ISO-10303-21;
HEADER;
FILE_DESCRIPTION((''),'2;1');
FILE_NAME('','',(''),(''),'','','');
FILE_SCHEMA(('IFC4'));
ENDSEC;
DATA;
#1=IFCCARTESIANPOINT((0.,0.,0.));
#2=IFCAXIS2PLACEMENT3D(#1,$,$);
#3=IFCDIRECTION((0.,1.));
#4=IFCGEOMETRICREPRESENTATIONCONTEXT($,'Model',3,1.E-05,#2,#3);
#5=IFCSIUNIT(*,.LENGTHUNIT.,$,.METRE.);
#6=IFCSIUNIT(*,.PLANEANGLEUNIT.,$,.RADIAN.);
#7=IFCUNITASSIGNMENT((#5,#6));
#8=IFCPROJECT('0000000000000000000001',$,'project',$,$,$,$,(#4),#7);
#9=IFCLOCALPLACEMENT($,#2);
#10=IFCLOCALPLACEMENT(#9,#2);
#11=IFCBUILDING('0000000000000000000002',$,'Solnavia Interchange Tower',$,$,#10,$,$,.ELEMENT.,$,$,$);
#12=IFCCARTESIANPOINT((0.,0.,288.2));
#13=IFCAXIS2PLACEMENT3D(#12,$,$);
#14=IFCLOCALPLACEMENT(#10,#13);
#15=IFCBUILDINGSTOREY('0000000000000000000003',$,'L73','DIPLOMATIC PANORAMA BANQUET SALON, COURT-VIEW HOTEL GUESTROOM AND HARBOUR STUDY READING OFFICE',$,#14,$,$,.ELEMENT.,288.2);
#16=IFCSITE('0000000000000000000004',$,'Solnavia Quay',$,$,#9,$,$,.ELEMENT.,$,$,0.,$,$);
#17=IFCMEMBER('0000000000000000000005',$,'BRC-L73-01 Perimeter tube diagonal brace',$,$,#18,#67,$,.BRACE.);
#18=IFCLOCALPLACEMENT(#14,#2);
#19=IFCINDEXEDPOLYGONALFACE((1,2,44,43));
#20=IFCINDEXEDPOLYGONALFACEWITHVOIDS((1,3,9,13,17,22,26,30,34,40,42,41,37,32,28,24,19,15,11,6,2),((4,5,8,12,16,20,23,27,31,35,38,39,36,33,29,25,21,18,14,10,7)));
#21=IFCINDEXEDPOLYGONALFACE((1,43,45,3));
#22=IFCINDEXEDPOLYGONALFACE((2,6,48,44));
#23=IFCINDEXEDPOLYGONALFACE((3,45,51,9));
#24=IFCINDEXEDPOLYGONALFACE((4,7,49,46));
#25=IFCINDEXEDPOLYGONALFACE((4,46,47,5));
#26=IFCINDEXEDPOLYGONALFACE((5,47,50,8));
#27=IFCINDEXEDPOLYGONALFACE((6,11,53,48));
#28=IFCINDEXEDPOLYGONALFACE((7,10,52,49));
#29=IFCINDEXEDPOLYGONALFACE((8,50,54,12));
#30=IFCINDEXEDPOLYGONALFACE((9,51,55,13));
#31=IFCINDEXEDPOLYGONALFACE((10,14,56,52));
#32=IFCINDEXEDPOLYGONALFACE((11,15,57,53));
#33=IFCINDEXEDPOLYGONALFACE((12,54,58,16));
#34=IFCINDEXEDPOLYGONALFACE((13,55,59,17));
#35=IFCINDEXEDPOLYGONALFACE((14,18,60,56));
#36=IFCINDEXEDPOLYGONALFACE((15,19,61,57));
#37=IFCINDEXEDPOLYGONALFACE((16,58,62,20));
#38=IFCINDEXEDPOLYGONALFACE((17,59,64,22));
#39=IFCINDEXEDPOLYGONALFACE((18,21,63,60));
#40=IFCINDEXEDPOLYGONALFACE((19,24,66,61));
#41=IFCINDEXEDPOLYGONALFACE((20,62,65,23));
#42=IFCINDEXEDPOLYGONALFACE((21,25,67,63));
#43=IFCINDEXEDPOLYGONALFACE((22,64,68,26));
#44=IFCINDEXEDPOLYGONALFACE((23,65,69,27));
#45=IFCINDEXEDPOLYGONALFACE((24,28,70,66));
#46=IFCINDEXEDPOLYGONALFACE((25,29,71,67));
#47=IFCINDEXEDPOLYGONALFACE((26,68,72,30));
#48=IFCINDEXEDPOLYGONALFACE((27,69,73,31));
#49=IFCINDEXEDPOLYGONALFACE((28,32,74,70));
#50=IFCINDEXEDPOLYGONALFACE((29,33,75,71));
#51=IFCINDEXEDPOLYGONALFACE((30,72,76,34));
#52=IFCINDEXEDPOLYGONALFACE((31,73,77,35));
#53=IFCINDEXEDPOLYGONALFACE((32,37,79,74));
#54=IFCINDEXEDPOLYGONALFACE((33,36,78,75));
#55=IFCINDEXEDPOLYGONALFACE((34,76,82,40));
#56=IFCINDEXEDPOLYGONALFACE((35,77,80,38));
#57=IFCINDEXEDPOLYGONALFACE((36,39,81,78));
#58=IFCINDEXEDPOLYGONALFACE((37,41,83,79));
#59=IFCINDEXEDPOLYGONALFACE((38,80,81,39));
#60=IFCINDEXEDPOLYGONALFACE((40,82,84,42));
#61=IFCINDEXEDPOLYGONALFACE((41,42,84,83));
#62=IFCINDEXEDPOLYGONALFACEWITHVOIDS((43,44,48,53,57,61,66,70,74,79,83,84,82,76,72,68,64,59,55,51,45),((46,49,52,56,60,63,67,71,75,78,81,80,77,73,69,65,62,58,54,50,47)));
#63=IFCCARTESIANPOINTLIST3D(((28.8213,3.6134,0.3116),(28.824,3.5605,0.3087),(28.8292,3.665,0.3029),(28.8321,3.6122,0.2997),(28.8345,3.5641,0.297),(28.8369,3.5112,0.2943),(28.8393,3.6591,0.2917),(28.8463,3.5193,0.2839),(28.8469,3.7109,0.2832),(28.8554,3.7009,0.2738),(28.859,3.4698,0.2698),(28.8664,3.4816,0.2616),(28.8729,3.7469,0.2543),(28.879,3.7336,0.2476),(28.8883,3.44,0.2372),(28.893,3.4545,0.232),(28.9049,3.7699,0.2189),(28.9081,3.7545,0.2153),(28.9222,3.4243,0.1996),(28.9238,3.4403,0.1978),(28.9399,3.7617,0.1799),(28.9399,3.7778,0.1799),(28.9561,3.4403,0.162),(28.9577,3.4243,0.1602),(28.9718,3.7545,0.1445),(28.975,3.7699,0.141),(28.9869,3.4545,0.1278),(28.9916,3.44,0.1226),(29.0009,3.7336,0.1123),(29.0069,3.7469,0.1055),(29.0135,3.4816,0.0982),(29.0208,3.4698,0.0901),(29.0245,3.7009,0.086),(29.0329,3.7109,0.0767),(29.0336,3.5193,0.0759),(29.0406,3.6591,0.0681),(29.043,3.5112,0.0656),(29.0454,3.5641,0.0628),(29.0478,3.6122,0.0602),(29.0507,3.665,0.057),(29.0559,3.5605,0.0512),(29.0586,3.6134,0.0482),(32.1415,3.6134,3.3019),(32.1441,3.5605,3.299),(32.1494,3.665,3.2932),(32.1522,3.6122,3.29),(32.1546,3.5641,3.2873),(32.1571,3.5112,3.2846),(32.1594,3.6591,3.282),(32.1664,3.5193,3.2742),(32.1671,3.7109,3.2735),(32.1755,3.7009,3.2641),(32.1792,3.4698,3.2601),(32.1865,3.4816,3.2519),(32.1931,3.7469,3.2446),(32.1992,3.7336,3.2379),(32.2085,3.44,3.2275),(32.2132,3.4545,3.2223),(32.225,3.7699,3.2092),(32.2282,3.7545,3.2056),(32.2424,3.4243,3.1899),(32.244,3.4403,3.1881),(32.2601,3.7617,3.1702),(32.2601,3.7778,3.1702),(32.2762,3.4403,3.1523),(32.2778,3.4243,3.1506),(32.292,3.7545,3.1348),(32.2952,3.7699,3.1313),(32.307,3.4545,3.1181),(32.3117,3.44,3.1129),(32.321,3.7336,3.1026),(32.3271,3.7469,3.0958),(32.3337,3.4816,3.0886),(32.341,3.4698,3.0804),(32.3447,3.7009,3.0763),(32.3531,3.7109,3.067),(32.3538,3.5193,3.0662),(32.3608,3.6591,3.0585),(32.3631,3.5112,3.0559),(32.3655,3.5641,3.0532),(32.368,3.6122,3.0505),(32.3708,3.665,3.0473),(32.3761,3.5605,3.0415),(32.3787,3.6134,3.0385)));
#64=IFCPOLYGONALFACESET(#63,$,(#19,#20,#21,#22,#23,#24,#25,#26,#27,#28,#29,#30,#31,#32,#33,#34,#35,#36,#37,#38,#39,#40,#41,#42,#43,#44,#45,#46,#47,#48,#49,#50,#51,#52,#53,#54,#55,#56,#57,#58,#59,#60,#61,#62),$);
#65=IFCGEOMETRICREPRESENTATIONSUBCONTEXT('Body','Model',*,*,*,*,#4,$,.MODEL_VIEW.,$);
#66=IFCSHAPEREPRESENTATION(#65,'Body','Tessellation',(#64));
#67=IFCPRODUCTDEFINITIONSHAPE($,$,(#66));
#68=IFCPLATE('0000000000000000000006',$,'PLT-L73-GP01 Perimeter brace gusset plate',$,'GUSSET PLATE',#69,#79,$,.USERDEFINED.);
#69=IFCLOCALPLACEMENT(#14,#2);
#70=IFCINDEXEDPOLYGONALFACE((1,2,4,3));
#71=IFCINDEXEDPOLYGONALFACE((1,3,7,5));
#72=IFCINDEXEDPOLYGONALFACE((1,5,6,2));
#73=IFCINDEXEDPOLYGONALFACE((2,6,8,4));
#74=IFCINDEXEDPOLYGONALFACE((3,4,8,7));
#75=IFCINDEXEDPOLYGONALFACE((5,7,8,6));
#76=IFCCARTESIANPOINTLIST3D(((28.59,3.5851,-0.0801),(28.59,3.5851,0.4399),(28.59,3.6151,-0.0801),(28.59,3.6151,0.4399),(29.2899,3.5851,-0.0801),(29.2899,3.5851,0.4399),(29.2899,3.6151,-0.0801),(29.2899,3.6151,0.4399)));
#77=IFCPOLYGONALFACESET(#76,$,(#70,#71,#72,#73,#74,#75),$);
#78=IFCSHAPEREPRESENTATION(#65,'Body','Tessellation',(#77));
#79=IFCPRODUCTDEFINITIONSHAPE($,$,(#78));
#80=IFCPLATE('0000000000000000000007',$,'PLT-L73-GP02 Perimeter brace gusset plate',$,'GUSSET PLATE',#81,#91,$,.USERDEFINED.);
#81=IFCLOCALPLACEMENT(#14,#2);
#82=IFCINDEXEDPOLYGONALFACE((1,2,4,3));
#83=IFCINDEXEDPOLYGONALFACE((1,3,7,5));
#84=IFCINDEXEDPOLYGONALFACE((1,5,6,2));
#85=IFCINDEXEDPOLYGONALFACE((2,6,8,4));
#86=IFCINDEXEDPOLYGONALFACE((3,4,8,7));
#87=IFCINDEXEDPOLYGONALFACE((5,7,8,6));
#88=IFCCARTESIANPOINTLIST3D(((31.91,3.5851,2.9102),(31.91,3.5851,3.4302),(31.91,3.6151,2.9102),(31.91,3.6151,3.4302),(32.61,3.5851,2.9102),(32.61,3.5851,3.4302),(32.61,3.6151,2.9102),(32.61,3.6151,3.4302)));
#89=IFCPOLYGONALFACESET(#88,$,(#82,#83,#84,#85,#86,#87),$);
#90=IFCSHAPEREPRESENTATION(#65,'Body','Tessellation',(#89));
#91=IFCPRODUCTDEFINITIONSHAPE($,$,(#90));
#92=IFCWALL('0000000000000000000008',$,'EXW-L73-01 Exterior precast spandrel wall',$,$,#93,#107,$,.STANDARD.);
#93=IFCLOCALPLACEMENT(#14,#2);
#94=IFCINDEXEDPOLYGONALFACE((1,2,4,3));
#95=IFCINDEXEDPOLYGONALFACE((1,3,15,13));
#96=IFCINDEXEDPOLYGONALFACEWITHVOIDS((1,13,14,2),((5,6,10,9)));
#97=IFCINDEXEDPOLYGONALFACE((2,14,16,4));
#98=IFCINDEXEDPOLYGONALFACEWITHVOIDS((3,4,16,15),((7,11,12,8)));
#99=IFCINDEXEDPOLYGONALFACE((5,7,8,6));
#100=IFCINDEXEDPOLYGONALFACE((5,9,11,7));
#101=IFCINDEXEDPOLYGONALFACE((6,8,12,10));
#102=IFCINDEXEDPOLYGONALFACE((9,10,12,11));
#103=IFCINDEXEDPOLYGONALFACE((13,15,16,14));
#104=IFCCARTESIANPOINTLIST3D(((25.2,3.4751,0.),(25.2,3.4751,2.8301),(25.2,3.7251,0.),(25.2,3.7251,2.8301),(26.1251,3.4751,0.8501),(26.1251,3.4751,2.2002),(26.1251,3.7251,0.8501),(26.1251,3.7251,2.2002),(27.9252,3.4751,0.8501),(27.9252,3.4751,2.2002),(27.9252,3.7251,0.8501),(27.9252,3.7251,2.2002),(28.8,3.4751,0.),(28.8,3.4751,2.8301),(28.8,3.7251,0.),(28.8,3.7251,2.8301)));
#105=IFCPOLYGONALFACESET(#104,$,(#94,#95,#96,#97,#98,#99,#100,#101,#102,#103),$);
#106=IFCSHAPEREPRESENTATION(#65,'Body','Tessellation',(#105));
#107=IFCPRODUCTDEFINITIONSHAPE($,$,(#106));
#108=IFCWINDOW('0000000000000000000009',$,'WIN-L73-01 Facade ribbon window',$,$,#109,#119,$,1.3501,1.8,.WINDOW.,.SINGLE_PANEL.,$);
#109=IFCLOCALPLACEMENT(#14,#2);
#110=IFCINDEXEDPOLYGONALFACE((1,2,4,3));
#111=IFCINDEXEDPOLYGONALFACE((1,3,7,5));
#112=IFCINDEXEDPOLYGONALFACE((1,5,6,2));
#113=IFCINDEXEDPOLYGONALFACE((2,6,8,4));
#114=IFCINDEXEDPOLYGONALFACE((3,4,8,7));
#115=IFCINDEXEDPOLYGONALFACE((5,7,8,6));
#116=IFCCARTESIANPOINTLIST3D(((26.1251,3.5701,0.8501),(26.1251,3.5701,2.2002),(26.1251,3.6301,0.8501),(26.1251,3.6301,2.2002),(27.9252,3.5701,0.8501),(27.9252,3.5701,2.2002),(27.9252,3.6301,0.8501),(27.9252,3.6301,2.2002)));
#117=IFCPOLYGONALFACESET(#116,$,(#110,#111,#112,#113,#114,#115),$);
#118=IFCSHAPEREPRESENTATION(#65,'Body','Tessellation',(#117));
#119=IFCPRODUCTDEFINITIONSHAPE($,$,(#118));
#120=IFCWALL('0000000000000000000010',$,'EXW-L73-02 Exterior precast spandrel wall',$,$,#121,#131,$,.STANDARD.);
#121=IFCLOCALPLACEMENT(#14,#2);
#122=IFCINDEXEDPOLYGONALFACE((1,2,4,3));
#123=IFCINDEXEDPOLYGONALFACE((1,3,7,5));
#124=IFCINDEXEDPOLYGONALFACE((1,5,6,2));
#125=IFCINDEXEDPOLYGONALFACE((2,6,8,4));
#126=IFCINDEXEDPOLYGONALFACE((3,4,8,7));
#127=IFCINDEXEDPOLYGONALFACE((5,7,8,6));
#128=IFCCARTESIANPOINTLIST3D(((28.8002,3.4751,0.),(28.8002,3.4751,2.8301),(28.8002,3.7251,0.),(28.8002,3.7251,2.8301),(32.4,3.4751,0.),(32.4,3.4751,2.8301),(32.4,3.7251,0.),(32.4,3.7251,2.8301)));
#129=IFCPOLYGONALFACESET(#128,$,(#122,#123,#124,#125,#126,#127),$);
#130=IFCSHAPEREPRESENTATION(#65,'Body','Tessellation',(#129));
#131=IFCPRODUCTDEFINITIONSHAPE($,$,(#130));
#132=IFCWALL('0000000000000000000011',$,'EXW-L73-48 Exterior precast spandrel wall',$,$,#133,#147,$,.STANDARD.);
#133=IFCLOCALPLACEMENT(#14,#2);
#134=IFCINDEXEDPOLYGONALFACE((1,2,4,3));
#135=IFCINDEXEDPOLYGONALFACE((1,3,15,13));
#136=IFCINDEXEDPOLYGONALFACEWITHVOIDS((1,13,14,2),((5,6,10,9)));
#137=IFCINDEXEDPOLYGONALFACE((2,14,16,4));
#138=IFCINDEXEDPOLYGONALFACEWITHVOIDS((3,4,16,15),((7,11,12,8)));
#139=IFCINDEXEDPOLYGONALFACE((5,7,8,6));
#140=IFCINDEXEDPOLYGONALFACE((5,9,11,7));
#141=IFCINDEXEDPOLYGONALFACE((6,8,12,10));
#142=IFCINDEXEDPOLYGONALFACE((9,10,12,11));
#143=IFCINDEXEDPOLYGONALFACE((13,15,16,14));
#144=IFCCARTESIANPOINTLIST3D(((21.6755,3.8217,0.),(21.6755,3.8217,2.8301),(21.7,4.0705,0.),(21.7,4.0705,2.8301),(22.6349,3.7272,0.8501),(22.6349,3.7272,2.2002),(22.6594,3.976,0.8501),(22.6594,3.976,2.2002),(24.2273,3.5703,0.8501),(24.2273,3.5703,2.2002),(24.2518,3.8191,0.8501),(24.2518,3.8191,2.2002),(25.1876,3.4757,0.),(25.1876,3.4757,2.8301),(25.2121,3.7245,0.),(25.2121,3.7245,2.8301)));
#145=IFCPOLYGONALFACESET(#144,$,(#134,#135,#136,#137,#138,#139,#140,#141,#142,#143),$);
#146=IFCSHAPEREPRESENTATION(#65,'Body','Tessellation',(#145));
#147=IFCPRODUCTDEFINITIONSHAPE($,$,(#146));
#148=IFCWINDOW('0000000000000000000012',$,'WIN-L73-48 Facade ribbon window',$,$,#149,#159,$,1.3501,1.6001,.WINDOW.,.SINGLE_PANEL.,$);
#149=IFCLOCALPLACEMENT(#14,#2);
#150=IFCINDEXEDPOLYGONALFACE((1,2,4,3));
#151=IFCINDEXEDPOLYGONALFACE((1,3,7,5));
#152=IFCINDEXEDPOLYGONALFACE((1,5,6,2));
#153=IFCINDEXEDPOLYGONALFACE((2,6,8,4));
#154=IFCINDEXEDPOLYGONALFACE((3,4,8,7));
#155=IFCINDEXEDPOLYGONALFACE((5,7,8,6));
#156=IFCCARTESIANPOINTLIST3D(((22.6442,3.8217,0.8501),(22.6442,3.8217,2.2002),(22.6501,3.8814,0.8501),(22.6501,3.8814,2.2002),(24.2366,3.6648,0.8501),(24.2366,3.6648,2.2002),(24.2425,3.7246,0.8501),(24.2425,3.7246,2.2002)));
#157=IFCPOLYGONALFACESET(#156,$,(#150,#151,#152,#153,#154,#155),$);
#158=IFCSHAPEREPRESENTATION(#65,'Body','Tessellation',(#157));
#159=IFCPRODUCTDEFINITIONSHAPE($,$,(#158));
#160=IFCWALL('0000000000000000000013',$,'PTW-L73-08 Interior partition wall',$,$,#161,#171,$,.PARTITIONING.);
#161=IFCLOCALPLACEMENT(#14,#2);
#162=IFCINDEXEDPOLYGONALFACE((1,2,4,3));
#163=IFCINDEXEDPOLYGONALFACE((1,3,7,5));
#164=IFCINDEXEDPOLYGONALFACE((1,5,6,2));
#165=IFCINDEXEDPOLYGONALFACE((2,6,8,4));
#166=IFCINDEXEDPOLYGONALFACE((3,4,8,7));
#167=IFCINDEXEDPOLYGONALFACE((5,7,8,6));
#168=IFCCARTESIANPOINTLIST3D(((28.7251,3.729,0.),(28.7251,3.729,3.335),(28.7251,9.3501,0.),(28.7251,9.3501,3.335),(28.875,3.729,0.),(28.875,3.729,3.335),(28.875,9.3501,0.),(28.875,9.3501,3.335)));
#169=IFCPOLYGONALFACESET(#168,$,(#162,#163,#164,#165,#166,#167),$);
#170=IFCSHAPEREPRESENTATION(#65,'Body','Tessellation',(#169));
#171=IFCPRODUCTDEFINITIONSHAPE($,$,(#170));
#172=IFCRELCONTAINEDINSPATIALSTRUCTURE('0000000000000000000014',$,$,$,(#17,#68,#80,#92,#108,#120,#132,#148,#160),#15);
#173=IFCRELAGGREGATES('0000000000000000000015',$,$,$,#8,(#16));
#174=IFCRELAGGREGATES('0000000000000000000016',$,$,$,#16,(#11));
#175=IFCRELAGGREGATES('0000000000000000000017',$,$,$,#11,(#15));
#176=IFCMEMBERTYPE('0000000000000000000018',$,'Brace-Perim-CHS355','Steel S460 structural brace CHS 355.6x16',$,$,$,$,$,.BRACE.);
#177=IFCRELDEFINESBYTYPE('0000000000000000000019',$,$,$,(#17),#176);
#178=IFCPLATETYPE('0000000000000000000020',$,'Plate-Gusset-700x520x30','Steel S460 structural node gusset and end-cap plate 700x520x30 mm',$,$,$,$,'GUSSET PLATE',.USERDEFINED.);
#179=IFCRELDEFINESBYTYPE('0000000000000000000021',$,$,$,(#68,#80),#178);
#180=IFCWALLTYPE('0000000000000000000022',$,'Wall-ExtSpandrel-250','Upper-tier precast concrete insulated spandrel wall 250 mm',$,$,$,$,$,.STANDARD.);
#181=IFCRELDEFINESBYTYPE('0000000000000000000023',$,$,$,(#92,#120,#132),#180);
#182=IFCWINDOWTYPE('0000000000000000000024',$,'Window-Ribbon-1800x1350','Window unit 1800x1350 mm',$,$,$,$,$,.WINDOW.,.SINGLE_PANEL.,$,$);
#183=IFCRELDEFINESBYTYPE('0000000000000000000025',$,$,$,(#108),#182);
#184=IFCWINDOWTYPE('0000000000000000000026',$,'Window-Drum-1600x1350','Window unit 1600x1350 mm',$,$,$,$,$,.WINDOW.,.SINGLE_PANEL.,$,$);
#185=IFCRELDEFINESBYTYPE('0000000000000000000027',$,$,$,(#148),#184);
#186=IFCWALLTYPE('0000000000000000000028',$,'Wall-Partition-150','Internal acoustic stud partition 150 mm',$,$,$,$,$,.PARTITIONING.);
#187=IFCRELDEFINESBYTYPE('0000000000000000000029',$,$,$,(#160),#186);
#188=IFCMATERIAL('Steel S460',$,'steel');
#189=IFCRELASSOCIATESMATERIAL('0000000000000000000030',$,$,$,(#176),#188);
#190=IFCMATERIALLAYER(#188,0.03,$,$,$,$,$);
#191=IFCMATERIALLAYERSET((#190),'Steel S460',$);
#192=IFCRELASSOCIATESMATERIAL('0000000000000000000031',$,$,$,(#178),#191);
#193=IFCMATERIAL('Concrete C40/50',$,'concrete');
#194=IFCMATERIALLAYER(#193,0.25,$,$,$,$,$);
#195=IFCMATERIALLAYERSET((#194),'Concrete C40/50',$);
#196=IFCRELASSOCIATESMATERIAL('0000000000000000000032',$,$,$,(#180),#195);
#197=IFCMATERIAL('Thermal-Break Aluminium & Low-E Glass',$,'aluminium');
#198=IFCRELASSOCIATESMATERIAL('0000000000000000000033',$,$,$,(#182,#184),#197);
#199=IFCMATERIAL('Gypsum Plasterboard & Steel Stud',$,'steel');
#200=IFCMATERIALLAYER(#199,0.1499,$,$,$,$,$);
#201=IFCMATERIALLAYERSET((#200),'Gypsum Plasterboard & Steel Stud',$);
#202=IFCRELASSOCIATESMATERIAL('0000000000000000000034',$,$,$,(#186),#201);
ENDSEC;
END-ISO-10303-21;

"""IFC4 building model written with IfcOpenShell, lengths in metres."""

from ifc_helpers import new_model, si_unit, direction, frame, frame_2d, origin, origin_2d, place, context, subcontext, project, spatial, rectangle, hollow_circle, extrude, material, layer, layer_set, material_profile, profile_set, type_object, element, fill, save


model = new_model("IFC4")

# Units and contexts
model_context = context("Model", 3, precision=1e-05, world=origin(), true_north=direction((0.0, 1.0)))
body_context = subcontext(model_context, "Body", "Model", "MODEL_VIEW")
ifc_project = project(units=[si_unit("LENGTHUNIT", "METRE"), si_unit("PLANEANGLEUNIT", "RADIAN")], contexts=[model_context])

# Site, building, storey
site_placement = place(None, origin())
site = spatial("IfcSite", under=ifc_project, at=site_placement, Name="Solnavia Quay", CompositionType="ELEMENT", RefElevation=0.0)
building_placement = place(site_placement, origin())
building = spatial("IfcBuilding", under=site, at=building_placement, Name="Solnavia Interchange Tower", CompositionType="ELEMENT")
storey_placement = place(building_placement, frame((0.0, 0.0, 288.2)))
storey = spatial("IfcBuildingStorey", under=building, at=storey_placement, Name="L73", Description="DIPLOMATIC PANORAMA BANQUET SALON, COURT-VIEW HOTEL GUESTROOM AND HARBOUR STUDY READING OFFICE", CompositionType="ELEMENT", Elevation=288.2)

# Shared definitions
ifc_material_1 = material(Name="Steel S460", Category="steel")

# Member
ifc_material_profile_1 = material_profile(ifc_material_1, hollow_circle(Radius=0.1777, WallThickness=0.0161, at=origin_2d()), Name="CHS 355.6x16")
ifc_profile_set_1 = profile_set([ifc_material_profile_1], Name="Steel S460")
member_type = type_object("IfcMemberType", Name="Brace-Perim-CHS355", Description="Steel S460 structural brace CHS 355.6x16", PredefinedType="BRACE", material=ifc_profile_set_1)
member_placement = place(storey_placement, frame((28.9399, 3.6001, 0.1799), z_axis=(0.743052, 0.0, 0.669233), x_axis=(0.0, 1.0, 0.0)))
element("IfcMember", 1, at=member_placement, inside=storey, type_object=member_type, Name="BRC-L73-01 Perimeter tube diagonal brace", PredefinedType="BRACE", context=body_context, shape_type="SweptSolid", body=[
    extrude(hollow_circle(Radius=0.1777, WallThickness=0.0161, at=origin_2d()), origin(), (0.0, 0.0, 1.0), 4.4683),
])

# Plates
ifc_layer_1 = layer(ifc_material_1, 0.03)
ifc_layer_set_1 = layer_set([ifc_layer_1], Name="Steel S460")
plate_type = type_object("IfcPlateType", Name="Plate-Gusset-700x520x30", Description="Steel S460 structural node gusset and end-cap plate 700x520x30 mm", ElementType="GUSSET PLATE", PredefinedType="USERDEFINED", material=ifc_layer_set_1)
for number, where, z_axis, x_axis, name in (
    (2, (28.9399, 3.6001, -0.0801), (0.0, 0.0, 1.0), (1.0, 0.0, 0.0), "PLT-L73-GP01 Perimeter brace gusset plate"),
    (3, (32.26, 3.6001, 2.9102), (0.0, 0.0, 1.0), (1.0, 0.0, 0.0), "PLT-L73-GP02 Perimeter brace gusset plate"),
):
    element("IfcPlate", number, at=place(storey_placement, frame(where, z_axis=z_axis, x_axis=x_axis)), inside=storey, type_object=plate_type, Name=name, ObjectType="GUSSET PLATE", PredefinedType="USERDEFINED", context=body_context, shape_type="SweptSolid", body=[
        extrude(rectangle(XDim=0.7, YDim=0.03, at=origin_2d()), origin(), (0.0, 0.0, 1.0), 0.52),
    ])

# Wall, opening, window
ifc_material_2 = material(Name="Concrete C40/50", Category="concrete")
ifc_layer_2 = layer(ifc_material_2, 0.25)
ifc_layer_set_2 = layer_set([ifc_layer_2], Name="Concrete C40/50")
wall_type_1 = type_object("IfcWallType", Name="Wall-ExtSpandrel-250", Description="Upper-tier precast concrete insulated spandrel wall 250 mm", PredefinedType="STANDARD", material=ifc_layer_set_2)
wall_1_placement = place(storey_placement, frame((28.8, 3.6001, 0.0), z_axis=(0.0, 0.0, 1.0), x_axis=(-1.0, 0.0, 0.0)))
wall_1 = element("IfcWall", 4, at=wall_1_placement, inside=storey, type_object=wall_type_1, Name="EXW-L73-01 Exterior precast spandrel wall", PredefinedType="STANDARD", context=body_context, shape_type="SweptSolid", body=[
    extrude(rectangle(XDim=3.6001, YDim=0.25, at=frame_2d((1.8, 0.0))), origin(), (0.0, 0.0, 1.0), 2.8301),
])
opening_1_placement = place(wall_1_placement, frame((0.875, 0.0, 0.8501)))
opening_1 = element("IfcOpeningElement", 5, at=opening_1_placement, cuts=wall_1, PredefinedType="OPENING", context=body_context, shape_type="SweptSolid", body=[
    extrude(rectangle(XDim=1.8, YDim=1.3501, at=frame_2d((0.8999, 0.675))), frame((0.0, 0.135, 0.0), z_axis=(0.0, -1.0, 0.0), x_axis=(1.0, 0.0, 0.0)), (0.0, 0.0, 1.0), 0.27),
])
ifc_material_3 = material(Name="Thermal-Break Aluminium & Low-E Glass", Category="aluminium")
window_type_1 = type_object("IfcWindowType", Name="Window-Ribbon-1800x1350", Description="Window unit 1800x1350 mm", PartitioningType="SINGLE_PANEL", PredefinedType="WINDOW", material=ifc_material_3)
window_1_placement = place(opening_1_placement, origin())
window_1 = element("IfcWindow", 6, at=window_1_placement, inside=storey, type_object=window_type_1, Name="WIN-L73-01 Facade ribbon window", OverallHeight=1.3501, OverallWidth=1.8, PartitioningType="SINGLE_PANEL", PredefinedType="WINDOW", context=body_context, shape_type="SweptSolid", body=[
    extrude(rectangle(XDim=1.8, YDim=1.3501, at=frame_2d((0.8999, 0.675))), frame((0.0, 0.03, 0.0), z_axis=(0.0, -1.0, 0.0), x_axis=(1.0, 0.0, 0.0)), (0.0, 0.0, 1.0), 0.0601),
])
fill(opening_1, window_1)

# Wall
wall_2_placement = place(storey_placement, frame((32.3999, 3.6001, 0.0), z_axis=(0.0, 0.0, 1.0), x_axis=(-1.0, 0.0, 0.0)))
element("IfcWall", 7, at=wall_2_placement, inside=storey, type_object=wall_type_1, Name="EXW-L73-02 Exterior precast spandrel wall", PredefinedType="STANDARD", context=body_context, shape_type="SweptSolid", body=[
    extrude(rectangle(XDim=3.5999, YDim=0.25, at=frame_2d((1.7998, 0.0))), origin(), (0.0, 0.0, 1.0), 2.8301),
])

# Wall, opening, window
wall_3_placement = place(storey_placement, frame((25.2, 3.6001, 0.0), z_axis=(0.0, 0.0, 1.0), x_axis=(-0.995183, 0.098031, 0.0)))
wall_3 = element("IfcWall", 8, at=wall_3_placement, inside=storey, type_object=wall_type_1, Name="EXW-L73-48 Exterior precast spandrel wall", PredefinedType="STANDARD", context=body_context, shape_type="SweptSolid", body=[
    extrude(rectangle(XDim=3.5291, YDim=0.25, at=frame_2d((1.7646, 0.0))), origin(), (0.0, 0.0, 1.0), 2.8301),
])
opening_2_placement = place(wall_3_placement, frame((0.9651, 0.0, 0.8501)))
opening_2 = element("IfcOpeningElement", 9, at=opening_2_placement, cuts=wall_3, PredefinedType="OPENING", context=body_context, shape_type="SweptSolid", body=[
    extrude(rectangle(XDim=1.6001, YDim=1.3501, at=frame_2d((0.8, 0.675))), frame((0.0, 0.135, 0.0), z_axis=(0.0, -1.0, 0.0), x_axis=(1.0, 0.0, 0.0)), (0.0, 0.0, 1.0), 0.27),
])
window_type_2 = type_object("IfcWindowType", Name="Window-Drum-1600x1350", Description="Window unit 1600x1350 mm", PartitioningType="SINGLE_PANEL", PredefinedType="WINDOW", material=ifc_material_3)
window_2_placement = place(opening_2_placement, origin())
window_2 = element("IfcWindow", 10, at=window_2_placement, inside=storey, type_object=window_type_2, Name="WIN-L73-48 Facade ribbon window", OverallHeight=1.3501, OverallWidth=1.6001, PartitioningType="SINGLE_PANEL", PredefinedType="WINDOW", context=body_context, shape_type="SweptSolid", body=[
    extrude(rectangle(XDim=1.6001, YDim=1.3501, at=frame_2d((0.8, 0.675))), frame((0.0, 0.03, 0.0), z_axis=(0.0, -1.0, 0.0), x_axis=(1.0, 0.0, 0.0)), (0.0, 0.0, 1.0), 0.0601),
])
fill(opening_2, window_2)

# Wall
ifc_material_4 = material(Name="Gypsum Plasterboard & Steel Stud", Category="steel")
ifc_layer_3 = layer(ifc_material_4, 0.1499)
ifc_layer_set_3 = layer_set([ifc_layer_3], Name="Gypsum Plasterboard & Steel Stud")
wall_type_2 = type_object("IfcWallType", Name="Wall-Partition-150", Description="Internal acoustic stud partition 150 mm", PredefinedType="PARTITIONING", material=ifc_layer_set_3)
wall_4_placement = place(storey_placement, frame((28.8, 9.3501, 0.0), z_axis=(0.0, 0.0, 1.0), x_axis=(0.0, -1.0, 0.0)))
element("IfcWall", 11, at=wall_4_placement, inside=storey, type_object=wall_type_2, Name="PTW-L73-08 Interior partition wall", PredefinedType="PARTITIONING", context=body_context, shape_type="SweptSolid", body=[
    extrude(rectangle(XDim=5.6211, YDim=0.1499, at=frame_2d((2.8105, 0.0))), origin(), (0.0, 0.0, 1.0), 3.335),
])

save(model, "model.ifc")
